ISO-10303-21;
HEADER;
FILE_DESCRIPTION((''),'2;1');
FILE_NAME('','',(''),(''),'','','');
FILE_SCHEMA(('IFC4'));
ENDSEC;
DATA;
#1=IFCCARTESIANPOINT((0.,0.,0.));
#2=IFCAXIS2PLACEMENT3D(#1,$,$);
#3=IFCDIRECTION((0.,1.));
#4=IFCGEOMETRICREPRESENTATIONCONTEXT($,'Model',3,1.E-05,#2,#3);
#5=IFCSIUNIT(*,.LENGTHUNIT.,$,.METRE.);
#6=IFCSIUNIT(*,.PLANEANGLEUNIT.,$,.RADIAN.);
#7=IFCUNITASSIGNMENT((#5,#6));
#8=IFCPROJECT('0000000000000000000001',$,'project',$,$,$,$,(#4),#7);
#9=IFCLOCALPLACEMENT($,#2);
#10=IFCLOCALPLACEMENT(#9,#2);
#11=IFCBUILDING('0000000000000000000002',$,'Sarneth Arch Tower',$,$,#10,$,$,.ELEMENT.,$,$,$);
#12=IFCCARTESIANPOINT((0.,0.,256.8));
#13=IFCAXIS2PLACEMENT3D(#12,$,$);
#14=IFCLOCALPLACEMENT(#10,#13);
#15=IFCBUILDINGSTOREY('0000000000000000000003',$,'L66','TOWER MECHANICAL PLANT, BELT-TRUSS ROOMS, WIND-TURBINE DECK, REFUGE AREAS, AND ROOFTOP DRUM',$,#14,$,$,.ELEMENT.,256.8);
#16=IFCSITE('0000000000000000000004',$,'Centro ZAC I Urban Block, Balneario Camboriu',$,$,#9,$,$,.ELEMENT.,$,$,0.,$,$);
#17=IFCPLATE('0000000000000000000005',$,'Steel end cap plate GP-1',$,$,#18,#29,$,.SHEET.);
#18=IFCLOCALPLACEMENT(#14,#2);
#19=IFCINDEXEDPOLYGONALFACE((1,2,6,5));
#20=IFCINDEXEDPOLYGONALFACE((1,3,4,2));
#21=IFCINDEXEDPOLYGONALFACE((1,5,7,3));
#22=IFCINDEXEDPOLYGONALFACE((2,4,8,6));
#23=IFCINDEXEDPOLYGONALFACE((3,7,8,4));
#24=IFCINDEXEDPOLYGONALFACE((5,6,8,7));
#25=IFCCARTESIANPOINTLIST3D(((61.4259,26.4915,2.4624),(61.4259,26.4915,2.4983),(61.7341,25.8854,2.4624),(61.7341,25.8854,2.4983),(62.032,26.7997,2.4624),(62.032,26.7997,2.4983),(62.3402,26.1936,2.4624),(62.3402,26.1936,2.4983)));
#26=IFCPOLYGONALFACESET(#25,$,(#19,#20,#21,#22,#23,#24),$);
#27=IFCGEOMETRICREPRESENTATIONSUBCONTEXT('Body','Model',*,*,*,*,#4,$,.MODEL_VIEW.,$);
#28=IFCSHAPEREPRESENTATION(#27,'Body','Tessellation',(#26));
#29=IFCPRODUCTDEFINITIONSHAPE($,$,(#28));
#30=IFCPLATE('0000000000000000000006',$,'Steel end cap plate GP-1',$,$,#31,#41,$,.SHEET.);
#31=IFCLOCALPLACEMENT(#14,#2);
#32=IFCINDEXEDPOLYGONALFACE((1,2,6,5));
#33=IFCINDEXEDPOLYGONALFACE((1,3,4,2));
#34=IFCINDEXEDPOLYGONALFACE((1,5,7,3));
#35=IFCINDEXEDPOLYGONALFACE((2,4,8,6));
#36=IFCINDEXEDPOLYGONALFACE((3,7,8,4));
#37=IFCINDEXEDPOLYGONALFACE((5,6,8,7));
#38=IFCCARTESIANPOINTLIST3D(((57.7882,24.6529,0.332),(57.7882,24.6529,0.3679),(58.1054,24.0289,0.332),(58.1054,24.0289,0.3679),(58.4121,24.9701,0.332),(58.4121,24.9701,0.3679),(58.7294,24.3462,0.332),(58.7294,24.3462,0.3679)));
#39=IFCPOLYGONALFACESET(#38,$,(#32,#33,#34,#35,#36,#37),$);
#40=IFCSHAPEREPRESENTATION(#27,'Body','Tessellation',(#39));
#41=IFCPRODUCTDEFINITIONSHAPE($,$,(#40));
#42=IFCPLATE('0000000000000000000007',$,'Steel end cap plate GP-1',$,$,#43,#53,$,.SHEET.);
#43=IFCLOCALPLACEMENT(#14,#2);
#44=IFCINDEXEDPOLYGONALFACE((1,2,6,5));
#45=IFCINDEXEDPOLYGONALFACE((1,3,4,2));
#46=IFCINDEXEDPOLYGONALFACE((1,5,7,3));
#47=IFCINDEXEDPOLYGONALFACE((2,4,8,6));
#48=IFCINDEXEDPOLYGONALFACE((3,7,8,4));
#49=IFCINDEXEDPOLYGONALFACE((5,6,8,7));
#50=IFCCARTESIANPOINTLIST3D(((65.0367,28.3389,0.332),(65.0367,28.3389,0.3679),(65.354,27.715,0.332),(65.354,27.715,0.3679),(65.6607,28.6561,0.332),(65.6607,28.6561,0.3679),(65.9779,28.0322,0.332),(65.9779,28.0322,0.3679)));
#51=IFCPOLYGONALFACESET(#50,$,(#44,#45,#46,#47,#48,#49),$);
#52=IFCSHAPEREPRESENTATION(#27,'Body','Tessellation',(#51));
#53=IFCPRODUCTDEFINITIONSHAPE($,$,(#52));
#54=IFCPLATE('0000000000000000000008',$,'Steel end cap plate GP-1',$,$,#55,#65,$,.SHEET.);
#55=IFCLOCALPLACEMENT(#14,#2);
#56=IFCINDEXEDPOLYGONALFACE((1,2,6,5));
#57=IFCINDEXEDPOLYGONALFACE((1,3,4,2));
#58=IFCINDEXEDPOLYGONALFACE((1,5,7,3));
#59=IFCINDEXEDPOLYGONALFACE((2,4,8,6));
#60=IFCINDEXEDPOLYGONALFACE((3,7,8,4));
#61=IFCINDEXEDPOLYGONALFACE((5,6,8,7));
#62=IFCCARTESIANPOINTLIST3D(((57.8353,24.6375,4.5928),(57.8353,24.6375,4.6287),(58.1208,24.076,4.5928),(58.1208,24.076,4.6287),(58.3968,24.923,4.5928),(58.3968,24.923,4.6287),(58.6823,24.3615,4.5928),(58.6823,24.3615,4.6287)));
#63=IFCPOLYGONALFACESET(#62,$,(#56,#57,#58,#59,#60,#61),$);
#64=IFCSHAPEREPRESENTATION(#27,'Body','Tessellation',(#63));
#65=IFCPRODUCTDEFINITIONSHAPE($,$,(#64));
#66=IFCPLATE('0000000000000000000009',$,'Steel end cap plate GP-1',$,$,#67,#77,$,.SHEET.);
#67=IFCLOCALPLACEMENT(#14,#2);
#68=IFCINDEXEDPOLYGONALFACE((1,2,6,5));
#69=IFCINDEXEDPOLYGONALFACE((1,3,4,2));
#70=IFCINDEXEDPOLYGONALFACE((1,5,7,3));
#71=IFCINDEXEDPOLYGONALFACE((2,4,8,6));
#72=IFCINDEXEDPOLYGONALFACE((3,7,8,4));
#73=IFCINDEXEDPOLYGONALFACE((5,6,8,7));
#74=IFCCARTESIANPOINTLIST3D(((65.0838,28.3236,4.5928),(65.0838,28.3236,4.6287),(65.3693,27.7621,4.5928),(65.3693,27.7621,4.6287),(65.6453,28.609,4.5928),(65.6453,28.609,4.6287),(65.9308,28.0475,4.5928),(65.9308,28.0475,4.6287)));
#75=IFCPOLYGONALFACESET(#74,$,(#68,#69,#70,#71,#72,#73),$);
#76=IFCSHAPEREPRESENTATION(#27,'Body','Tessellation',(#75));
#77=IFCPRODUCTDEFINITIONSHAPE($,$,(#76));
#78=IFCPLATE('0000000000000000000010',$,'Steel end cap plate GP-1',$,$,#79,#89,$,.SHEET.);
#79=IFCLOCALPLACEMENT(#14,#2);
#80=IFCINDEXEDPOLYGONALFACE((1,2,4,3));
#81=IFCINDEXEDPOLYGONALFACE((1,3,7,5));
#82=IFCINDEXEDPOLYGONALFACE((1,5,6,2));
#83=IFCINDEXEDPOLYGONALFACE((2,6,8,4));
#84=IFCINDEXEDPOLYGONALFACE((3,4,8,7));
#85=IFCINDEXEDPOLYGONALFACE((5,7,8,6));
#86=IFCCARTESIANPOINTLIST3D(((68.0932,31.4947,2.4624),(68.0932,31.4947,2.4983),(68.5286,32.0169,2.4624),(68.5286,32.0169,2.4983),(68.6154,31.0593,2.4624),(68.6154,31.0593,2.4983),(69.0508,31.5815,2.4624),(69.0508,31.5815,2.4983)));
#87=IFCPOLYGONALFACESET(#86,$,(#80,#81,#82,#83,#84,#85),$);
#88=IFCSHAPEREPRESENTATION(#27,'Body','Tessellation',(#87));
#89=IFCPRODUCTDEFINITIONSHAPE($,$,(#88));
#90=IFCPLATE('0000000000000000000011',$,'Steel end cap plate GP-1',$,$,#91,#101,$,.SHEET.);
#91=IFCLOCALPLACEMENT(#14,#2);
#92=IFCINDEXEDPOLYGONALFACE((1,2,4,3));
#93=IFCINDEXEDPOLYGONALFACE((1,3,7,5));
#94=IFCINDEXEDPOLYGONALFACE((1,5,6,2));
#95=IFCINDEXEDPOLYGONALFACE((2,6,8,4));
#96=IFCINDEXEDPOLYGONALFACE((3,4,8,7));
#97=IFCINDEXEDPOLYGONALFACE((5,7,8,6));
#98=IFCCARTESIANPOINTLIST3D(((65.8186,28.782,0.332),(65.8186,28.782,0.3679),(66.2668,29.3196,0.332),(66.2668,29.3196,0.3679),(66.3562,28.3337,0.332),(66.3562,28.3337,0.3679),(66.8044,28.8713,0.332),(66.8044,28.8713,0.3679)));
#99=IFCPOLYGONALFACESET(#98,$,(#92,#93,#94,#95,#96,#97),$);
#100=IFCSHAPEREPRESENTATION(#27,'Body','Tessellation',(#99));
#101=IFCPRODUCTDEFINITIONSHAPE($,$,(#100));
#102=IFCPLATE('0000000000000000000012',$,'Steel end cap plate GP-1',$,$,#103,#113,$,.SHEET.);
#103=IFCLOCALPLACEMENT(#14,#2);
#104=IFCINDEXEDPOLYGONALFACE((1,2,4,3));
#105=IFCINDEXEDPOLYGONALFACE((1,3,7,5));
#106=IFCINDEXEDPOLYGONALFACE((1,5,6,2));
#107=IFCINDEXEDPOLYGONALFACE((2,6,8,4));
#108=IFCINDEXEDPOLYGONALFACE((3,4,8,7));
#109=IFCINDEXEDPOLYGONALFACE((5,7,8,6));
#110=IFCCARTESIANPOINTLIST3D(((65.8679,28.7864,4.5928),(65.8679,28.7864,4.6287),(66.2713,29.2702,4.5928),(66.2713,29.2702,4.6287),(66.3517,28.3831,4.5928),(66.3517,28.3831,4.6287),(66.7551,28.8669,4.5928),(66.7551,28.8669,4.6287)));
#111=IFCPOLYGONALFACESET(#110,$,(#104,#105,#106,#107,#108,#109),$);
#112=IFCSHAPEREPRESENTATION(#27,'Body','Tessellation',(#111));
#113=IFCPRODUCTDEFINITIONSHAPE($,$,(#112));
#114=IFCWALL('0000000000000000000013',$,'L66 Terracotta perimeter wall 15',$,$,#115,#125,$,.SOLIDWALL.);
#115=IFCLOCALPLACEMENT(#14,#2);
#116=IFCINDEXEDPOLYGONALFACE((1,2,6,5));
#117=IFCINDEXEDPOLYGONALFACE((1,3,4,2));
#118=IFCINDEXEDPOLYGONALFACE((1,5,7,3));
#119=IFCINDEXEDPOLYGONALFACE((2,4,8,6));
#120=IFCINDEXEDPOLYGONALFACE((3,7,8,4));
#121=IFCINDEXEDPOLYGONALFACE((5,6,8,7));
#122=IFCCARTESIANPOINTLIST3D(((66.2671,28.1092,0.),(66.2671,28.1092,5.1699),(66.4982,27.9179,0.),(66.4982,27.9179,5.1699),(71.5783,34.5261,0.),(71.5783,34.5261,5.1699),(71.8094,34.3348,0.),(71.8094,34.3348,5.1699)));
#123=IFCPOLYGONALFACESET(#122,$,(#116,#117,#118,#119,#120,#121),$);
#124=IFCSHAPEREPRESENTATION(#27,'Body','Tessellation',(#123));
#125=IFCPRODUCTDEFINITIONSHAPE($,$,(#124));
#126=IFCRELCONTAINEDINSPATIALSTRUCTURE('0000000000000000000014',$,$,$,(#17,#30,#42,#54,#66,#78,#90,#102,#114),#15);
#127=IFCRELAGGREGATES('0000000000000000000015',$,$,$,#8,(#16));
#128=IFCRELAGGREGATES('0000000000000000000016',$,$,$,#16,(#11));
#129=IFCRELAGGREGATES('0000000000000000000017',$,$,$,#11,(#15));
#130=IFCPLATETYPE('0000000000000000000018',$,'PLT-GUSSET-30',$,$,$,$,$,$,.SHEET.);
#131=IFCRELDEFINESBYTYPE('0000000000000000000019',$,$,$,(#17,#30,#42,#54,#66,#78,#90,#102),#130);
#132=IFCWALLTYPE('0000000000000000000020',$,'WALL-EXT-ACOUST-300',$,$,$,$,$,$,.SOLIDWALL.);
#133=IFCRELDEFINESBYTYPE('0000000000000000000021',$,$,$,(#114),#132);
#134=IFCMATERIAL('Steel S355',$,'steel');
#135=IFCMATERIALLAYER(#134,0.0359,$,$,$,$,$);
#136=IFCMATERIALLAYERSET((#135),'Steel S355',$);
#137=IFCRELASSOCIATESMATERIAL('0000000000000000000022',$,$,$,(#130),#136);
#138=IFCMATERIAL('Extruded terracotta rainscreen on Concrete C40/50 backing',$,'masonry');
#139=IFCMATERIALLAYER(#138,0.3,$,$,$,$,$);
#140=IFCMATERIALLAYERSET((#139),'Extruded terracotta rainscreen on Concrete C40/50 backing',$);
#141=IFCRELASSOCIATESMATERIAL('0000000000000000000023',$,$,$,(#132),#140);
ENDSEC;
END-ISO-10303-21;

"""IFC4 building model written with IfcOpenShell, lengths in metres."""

from ifc_helpers import new_model, si_unit, direction, frame, frame_2d, origin, origin_2d, place, context, subcontext, project, spatial, rectangle, extrude, material, layer, layer_set, type_object, element, save


model = new_model("IFC4")

# Units and contexts
model_context = context("Model", 3, precision=1e-05, world=origin(), true_north=direction((0.0, 1.0)))
body_context = subcontext(model_context, "Body", "Model", "MODEL_VIEW")
ifc_project = project(units=[si_unit("LENGTHUNIT", "METRE"), si_unit("PLANEANGLEUNIT", "RADIAN")], contexts=[model_context])

# Site, building, storey
site_placement = place(None, origin())
site = spatial("IfcSite", under=ifc_project, at=site_placement, Name="Centro ZAC I Urban Block, Balneario Camboriu", CompositionType="ELEMENT", RefElevation=0.0)
building_placement = place(site_placement, origin())
building = spatial("IfcBuilding", under=site, at=building_placement, Name="Sarneth Arch Tower", CompositionType="ELEMENT")
storey_placement = place(building_placement, frame((0.0, 0.0, 256.8)))
storey = spatial("IfcBuildingStorey", under=building, at=storey_placement, Name="L66", Description="TOWER MECHANICAL PLANT, BELT-TRUSS ROOMS, WIND-TURBINE DECK, REFUGE AREAS, AND ROOFTOP DRUM", CompositionType="ELEMENT", Elevation=256.8)

# Plates
ifc_material_1 = material(Name="Steel S355", Category="steel")
ifc_layer_1 = layer(ifc_material_1, 0.0359)
ifc_layer_set_1 = layer_set([ifc_layer_1], Name="Steel S355")
plate_type = type_object("IfcPlateType", Name="PLT-GUSSET-30", PredefinedType="SHEET", material=ifc_layer_set_1)
plate_1_placement = place(storey_placement, frame((61.8831, 26.3425, 2.4624), z_axis=(0.0, 0.0, 1.0), x_axis=(0.891402, 0.453213, 0.0)))
element("IfcPlate", 1, at=plate_1_placement, inside=storey, type_object=plate_type, Name="Steel end cap plate GP-1", PredefinedType="SHEET", context=body_context, shape_type="SweptSolid", body=[
    extrude(rectangle(XDim=0.6799, YDim=0.6799, at=origin_2d()), origin(), (0.0, 0.0, 1.0), 0.0359),
])
for number, where, z_axis, x_axis, name in (
    (2, (58.2588, 24.4995, 0.332), (0.0, 0.0, 1.0), (-0.891402, -0.453213, 0.0), "Steel end cap plate GP-1"),
    (3, (65.5073, 28.1855, 0.332), (0.0, 0.0, 1.0), (0.891402, 0.453213, 0.0), "Steel end cap plate GP-1"),
):
    element("IfcPlate", number, at=place(storey_placement, frame(where, z_axis=z_axis, x_axis=x_axis)), inside=storey, type_object=plate_type, Name=name, PredefinedType="SHEET", context=body_context, shape_type="SweptSolid", body=[
        extrude(rectangle(XDim=0.7, YDim=0.7, at=origin_2d()), origin(), (0.0, 0.0, 1.0), 0.0359),
    ])
for number, where, z_axis, x_axis, name in (
    (4, (58.2588, 24.4995, 4.5928), (0.0, 0.0, 1.0), (-0.891402, -0.453213, 0.0), "Steel end cap plate GP-1"),
    (5, (65.5073, 28.1855, 4.5928), (0.0, 0.0, 1.0), (0.891402, 0.453213, 0.0), "Steel end cap plate GP-1"),
):
    element("IfcPlate", number, at=place(storey_placement, frame(where, z_axis=z_axis, x_axis=x_axis)), inside=storey, type_object=plate_type, Name=name, PredefinedType="SHEET", context=body_context, shape_type="SweptSolid", body=[
        extrude(rectangle(XDim=0.6299, YDim=0.6299, at=origin_2d()), origin(), (0.0, 0.0, 1.0), 0.0359),
    ])
plate_2_placement = place(storey_placement, frame((68.572, 31.5381, 2.4624), z_axis=(0.0, 0.0, 1.0), x_axis=(0.640378, 0.76806, 0.0)))
element("IfcPlate", 6, at=plate_2_placement, inside=storey, type_object=plate_type, Name="Steel end cap plate GP-1", PredefinedType="SHEET", context=body_context, shape_type="SweptSolid", body=[
    extrude(rectangle(XDim=0.6799, YDim=0.6799, at=origin_2d()), origin(), (0.0, 0.0, 1.0), 0.0359),
])
plate_3_placement = place(storey_placement, frame((66.3115, 28.8267, 0.332), z_axis=(0.0, 0.0, 1.0), x_axis=(-0.640378, -0.76806, 0.0)))
element("IfcPlate", 7, at=plate_3_placement, inside=storey, type_object=plate_type, Name="Steel end cap plate GP-1", PredefinedType="SHEET", context=body_context, shape_type="SweptSolid", body=[
    extrude(rectangle(XDim=0.7, YDim=0.7, at=origin_2d()), origin(), (0.0, 0.0, 1.0), 0.0359),
])
plate_4_placement = place(storey_placement, frame((66.3115, 28.8267, 4.5928), z_axis=(0.0, 0.0, 1.0), x_axis=(-0.640378, -0.76806, 0.0)))
element("IfcPlate", 8, at=plate_4_placement, inside=storey, type_object=plate_type, Name="Steel end cap plate GP-1", PredefinedType="SHEET", context=body_context, shape_type="SweptSolid", body=[
    extrude(rectangle(XDim=0.6299, YDim=0.6299, at=origin_2d()), origin(), (0.0, 0.0, 1.0), 0.0359),
])

# Wall
ifc_material_2 = material(Name="Extruded terracotta rainscreen on Concrete C40/50 backing", Category="masonry")
ifc_layer_2 = layer(ifc_material_2, 0.3)
ifc_layer_set_2 = layer_set([ifc_layer_2], Name="Extruded terracotta rainscreen on Concrete C40/50 backing")
wall_type = type_object("IfcWallType", Name="WALL-EXT-ACOUST-300", PredefinedType="SOLIDWALL", material=ifc_layer_set_2)
wall_placement = place(storey_placement, frame((66.3826, 28.0134, 0.0), z_axis=(0.0, 0.0, 1.0), x_axis=(0.637615, 0.770355, 0.0)))
element("IfcWall", 9, at=wall_placement, inside=storey, type_object=wall_type, Name="L66 Terracotta perimeter wall 15", PredefinedType="SOLIDWALL", context=body_context, shape_type="SweptSolid", body=[
    extrude(rectangle(XDim=8.3298, YDim=0.3, at=frame_2d((4.165, 0.0))), origin(), (0.0, 0.0, 1.0), 5.1699),
])

save(model, "model.ifc")
